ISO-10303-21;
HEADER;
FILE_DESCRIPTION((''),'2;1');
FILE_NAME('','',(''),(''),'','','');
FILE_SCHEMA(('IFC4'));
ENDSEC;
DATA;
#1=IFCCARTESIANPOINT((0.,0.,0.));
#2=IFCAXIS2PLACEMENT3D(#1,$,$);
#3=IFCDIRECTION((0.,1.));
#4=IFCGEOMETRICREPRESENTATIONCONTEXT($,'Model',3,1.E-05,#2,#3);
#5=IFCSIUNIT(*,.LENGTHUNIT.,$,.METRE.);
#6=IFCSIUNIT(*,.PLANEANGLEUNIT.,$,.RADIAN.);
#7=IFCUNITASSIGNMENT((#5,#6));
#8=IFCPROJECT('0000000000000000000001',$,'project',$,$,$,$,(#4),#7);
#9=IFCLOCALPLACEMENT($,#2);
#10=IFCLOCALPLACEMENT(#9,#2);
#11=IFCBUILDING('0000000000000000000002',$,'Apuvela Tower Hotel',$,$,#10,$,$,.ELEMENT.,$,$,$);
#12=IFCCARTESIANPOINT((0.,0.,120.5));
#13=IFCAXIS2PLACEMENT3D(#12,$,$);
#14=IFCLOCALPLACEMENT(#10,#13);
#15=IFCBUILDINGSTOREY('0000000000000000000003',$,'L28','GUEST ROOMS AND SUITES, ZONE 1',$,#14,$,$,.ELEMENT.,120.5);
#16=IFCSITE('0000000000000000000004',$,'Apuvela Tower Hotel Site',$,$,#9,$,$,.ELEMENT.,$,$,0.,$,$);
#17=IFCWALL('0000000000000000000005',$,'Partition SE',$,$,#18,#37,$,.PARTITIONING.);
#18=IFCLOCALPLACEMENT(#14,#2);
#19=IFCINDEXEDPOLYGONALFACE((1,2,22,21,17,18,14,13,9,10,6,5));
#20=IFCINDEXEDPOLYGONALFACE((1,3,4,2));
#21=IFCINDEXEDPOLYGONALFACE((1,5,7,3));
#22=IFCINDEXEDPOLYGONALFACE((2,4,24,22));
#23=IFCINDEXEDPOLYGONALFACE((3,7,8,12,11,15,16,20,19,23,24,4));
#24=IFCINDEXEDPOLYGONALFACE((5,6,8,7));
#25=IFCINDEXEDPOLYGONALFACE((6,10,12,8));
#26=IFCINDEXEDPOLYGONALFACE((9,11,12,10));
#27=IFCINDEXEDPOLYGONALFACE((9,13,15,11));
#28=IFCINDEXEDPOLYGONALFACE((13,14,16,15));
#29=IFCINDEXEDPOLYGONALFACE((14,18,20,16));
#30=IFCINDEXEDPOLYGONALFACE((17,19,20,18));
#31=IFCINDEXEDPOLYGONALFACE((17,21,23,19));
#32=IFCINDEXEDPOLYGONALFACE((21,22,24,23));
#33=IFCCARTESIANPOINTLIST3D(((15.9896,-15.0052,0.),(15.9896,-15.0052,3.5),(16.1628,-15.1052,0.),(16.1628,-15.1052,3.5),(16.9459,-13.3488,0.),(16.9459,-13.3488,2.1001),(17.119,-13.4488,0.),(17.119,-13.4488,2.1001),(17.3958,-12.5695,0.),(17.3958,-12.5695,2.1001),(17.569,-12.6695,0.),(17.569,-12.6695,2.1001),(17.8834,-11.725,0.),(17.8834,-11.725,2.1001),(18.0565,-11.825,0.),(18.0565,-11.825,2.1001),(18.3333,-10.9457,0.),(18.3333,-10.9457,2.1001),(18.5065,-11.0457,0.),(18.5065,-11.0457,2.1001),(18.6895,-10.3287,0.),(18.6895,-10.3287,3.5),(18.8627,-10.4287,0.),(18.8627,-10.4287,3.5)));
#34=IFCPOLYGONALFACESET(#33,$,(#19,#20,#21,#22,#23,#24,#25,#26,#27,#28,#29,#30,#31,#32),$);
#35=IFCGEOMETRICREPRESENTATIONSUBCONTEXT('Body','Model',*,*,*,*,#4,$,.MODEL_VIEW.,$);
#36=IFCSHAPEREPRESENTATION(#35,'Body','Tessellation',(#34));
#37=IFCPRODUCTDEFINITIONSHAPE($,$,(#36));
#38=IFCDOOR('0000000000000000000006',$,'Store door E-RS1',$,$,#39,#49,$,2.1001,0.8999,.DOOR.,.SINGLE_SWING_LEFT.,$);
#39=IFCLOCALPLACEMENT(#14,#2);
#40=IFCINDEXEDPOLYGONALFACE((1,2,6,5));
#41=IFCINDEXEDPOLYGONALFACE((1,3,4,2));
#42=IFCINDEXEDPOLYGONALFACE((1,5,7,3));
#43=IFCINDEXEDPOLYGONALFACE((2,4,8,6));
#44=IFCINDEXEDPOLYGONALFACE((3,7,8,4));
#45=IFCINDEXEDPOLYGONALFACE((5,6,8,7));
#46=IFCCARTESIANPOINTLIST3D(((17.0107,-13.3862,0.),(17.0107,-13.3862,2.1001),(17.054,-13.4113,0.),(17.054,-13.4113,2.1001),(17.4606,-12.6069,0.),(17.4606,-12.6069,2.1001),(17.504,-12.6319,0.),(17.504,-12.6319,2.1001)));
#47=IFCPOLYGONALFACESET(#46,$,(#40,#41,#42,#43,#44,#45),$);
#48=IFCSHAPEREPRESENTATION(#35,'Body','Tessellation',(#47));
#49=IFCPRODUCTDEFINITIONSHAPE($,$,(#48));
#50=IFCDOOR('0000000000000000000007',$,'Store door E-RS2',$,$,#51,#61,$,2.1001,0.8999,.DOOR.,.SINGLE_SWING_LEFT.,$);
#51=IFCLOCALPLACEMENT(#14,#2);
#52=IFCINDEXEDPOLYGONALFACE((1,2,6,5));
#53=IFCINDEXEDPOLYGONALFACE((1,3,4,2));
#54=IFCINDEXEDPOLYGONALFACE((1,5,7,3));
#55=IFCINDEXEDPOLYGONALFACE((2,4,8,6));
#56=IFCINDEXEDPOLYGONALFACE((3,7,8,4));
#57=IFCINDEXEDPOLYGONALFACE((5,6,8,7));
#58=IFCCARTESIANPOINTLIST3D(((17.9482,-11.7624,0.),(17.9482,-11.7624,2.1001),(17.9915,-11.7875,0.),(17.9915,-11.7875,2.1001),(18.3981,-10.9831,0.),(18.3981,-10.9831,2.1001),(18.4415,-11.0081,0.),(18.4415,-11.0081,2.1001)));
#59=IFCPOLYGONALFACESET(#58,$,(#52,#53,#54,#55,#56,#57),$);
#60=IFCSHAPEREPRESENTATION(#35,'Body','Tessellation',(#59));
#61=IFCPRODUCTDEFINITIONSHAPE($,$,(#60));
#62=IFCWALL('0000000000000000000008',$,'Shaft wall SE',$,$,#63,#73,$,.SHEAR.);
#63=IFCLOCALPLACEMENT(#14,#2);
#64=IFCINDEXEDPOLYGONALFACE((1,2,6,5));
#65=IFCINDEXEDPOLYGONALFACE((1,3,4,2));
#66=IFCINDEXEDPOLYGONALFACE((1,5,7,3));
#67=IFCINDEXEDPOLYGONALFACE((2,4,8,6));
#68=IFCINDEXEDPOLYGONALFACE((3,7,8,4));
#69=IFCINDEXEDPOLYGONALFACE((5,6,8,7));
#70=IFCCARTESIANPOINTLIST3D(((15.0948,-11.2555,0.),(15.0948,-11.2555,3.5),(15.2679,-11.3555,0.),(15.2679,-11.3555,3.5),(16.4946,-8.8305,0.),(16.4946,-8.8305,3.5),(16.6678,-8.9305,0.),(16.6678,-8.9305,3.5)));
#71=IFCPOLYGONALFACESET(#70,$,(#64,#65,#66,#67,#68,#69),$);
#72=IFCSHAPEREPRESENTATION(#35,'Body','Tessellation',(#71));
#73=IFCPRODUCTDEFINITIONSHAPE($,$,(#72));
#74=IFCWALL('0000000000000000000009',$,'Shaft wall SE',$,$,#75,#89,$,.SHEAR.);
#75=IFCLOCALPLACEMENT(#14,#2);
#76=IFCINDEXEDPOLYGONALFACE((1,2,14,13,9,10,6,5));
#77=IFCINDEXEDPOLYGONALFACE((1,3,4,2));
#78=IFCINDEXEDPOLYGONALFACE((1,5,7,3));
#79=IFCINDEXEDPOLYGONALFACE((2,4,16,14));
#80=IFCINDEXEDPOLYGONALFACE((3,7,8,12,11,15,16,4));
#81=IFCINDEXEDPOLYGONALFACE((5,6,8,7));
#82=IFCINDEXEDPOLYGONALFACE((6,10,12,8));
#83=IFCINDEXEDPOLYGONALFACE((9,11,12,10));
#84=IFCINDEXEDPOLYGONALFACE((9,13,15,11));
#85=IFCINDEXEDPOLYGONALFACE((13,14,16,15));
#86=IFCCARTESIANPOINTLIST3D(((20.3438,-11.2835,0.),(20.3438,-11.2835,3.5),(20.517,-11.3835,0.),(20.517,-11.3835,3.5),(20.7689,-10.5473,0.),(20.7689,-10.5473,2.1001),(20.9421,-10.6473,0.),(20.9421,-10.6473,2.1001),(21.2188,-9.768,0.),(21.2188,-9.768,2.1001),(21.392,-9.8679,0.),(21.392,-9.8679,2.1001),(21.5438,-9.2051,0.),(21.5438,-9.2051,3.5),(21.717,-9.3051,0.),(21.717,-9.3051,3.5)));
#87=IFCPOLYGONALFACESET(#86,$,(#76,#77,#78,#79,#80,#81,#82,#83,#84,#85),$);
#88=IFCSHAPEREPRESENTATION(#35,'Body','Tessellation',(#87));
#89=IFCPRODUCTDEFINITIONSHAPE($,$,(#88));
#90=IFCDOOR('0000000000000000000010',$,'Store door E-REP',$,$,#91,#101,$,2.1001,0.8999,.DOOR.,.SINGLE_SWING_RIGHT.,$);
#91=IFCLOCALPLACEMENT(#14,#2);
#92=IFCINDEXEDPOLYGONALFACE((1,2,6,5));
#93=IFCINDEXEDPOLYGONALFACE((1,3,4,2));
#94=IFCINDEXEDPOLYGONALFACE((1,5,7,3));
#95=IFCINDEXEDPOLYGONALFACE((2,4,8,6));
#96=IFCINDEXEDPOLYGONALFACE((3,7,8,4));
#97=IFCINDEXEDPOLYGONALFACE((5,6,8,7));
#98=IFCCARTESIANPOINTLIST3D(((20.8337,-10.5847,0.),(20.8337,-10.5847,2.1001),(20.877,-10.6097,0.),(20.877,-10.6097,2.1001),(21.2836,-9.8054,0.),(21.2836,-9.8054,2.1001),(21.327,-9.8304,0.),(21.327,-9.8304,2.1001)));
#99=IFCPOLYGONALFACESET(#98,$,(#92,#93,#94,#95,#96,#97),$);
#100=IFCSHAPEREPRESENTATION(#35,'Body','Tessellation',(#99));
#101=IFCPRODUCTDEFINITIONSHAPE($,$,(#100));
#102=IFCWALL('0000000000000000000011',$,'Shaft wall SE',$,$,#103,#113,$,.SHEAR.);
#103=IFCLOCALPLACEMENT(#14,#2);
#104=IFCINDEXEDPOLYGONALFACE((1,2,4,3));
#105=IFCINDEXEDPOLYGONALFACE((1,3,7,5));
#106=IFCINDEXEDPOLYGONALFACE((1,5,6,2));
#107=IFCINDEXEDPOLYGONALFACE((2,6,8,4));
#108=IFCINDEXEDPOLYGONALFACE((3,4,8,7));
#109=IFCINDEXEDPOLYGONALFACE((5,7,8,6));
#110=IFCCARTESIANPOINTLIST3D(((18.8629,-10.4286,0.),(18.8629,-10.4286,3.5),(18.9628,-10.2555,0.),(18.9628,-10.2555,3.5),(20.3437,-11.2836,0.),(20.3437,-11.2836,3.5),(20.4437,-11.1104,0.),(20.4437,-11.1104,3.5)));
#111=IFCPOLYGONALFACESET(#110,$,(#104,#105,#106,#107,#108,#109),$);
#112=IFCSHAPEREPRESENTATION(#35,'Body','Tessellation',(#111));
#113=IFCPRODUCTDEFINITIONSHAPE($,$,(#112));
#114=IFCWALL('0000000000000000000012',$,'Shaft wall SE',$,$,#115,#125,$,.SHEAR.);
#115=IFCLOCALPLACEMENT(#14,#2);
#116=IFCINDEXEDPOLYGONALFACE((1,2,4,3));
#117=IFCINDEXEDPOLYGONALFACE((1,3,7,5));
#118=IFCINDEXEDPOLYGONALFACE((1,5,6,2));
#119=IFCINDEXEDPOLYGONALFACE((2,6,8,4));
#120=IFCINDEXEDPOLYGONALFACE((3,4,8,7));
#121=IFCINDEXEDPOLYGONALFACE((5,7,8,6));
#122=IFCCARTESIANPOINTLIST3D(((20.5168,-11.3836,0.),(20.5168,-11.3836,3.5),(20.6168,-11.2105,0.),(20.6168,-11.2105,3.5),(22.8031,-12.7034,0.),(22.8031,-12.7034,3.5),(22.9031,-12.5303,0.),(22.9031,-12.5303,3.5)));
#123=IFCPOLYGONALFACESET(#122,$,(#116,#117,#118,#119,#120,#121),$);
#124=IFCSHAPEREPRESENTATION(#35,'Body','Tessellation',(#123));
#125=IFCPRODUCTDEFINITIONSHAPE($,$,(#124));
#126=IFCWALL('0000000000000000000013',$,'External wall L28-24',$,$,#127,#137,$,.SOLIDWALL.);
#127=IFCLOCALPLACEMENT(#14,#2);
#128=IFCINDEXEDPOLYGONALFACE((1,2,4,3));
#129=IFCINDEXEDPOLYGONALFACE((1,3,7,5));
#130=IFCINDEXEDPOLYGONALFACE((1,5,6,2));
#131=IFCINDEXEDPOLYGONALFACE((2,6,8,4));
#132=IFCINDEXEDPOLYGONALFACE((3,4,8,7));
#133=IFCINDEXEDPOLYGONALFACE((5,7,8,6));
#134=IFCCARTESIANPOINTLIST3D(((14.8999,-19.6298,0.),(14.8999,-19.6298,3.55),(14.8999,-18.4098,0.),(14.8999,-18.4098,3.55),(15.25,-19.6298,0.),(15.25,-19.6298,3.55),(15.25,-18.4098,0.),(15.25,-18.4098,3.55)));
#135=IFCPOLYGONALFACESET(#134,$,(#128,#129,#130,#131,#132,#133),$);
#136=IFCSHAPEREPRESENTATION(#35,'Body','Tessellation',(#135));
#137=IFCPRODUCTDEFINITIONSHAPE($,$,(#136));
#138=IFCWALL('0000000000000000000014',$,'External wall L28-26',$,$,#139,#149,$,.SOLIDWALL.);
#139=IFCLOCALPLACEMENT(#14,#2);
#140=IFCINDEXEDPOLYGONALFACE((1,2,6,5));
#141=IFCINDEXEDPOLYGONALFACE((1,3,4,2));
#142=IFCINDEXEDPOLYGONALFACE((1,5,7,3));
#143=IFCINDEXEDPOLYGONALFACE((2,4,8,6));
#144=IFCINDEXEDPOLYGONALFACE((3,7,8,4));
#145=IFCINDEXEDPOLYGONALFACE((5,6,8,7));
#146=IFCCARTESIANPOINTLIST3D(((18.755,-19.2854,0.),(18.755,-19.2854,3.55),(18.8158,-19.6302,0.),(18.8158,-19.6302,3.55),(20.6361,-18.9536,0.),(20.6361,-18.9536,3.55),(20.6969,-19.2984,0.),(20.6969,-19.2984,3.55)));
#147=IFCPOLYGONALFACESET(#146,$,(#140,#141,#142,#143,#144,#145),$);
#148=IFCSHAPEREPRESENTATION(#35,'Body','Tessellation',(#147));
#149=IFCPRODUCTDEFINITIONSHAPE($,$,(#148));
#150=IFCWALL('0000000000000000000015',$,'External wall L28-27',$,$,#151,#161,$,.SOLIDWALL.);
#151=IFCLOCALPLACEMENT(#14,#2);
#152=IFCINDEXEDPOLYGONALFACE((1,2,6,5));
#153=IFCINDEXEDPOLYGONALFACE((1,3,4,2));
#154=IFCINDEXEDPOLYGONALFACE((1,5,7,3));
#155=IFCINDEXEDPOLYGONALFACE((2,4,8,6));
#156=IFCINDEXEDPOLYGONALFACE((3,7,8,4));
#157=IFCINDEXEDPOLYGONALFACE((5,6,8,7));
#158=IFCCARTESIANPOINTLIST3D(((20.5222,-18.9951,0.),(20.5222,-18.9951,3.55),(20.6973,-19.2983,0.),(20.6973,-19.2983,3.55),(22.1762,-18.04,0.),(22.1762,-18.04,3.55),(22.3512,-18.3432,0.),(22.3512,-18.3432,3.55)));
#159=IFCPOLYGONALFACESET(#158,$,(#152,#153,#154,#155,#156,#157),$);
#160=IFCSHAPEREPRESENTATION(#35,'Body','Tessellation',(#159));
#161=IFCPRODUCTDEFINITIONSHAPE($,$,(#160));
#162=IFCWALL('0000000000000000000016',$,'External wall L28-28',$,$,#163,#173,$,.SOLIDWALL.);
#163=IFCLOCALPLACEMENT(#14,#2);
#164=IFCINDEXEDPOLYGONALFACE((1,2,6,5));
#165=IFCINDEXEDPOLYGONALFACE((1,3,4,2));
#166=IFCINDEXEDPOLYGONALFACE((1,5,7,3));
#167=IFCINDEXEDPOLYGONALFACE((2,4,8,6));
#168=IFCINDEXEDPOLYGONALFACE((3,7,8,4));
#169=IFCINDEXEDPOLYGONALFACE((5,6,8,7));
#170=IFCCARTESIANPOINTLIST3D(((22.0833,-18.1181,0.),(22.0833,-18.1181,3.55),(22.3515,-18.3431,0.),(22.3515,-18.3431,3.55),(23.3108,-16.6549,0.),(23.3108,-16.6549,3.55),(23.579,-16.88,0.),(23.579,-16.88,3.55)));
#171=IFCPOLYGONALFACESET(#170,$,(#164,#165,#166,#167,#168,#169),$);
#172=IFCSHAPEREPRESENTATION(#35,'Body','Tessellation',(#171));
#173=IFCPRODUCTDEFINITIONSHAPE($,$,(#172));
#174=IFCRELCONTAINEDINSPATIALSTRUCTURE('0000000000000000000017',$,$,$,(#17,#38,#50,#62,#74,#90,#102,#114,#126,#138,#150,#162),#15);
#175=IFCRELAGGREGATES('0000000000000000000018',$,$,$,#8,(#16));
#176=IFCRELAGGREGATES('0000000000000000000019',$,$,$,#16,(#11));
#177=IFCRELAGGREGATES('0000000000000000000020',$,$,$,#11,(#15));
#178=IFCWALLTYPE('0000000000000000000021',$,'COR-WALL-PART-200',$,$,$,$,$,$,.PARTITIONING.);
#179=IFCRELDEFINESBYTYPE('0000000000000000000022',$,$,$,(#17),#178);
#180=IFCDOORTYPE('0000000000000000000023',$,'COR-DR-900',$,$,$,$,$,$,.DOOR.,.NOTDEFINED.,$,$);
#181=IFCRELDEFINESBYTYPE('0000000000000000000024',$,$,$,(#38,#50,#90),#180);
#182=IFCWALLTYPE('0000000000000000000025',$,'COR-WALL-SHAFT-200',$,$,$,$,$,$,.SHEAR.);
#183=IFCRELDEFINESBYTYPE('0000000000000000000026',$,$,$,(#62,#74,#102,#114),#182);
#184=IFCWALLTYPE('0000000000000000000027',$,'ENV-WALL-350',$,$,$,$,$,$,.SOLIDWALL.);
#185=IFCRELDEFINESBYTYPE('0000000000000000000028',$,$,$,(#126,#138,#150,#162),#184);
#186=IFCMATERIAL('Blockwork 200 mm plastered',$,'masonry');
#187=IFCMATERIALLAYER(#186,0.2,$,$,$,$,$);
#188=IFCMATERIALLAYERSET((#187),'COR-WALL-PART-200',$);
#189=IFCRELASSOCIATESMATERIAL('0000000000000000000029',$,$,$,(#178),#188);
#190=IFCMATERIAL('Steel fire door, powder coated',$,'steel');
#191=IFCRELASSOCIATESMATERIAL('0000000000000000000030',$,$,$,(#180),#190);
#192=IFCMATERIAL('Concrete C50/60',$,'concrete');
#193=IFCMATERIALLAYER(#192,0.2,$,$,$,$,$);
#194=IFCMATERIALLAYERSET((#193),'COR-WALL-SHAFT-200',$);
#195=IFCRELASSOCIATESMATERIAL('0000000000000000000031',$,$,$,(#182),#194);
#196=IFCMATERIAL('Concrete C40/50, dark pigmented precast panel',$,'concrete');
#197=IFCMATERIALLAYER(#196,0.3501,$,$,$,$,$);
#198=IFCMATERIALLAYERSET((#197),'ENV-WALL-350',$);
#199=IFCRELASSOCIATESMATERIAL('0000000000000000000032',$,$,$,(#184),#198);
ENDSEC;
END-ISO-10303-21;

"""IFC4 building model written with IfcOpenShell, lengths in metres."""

from ifc_helpers import new_model, si_unit, direction, frame, frame_2d, origin, place, context, subcontext, project, spatial, rectangle, extrude, material, layer, layer_set, type_object, element, fill, save


model = new_model("IFC4")

# Units and contexts
model_context = context("Model", 3, precision=1e-05, world=origin(), true_north=direction((0.0, 1.0)))
body_context = subcontext(model_context, "Body", "Model", "MODEL_VIEW")
ifc_project = project(units=[si_unit("LENGTHUNIT", "METRE"), si_unit("PLANEANGLEUNIT", "RADIAN")], contexts=[model_context])

# Site, building, storey
site_placement = place(None, origin())
site = spatial("IfcSite", under=ifc_project, at=site_placement, Name="Apuvela Tower Hotel Site", CompositionType="ELEMENT", RefElevation=0.0)
building_placement = place(site_placement, origin())
building = spatial("IfcBuilding", under=site, at=building_placement, Name="Apuvela Tower Hotel", CompositionType="ELEMENT")
storey_placement = place(building_placement, frame((0.0, 0.0, 120.5)))
storey = spatial("IfcBuildingStorey", under=building, at=storey_placement, Name="L28", Description="GUEST ROOMS AND SUITES, ZONE 1", CompositionType="ELEMENT", Elevation=120.5)

# Wall, openings, doors
ifc_material_1 = material(Name="Blockwork 200 mm plastered", Category="masonry")
ifc_layer_1 = layer(ifc_material_1, 0.2)
ifc_layer_set_1 = layer_set([ifc_layer_1], Name="COR-WALL-PART-200")
wall_type_1 = type_object("IfcWallType", Name="COR-WALL-PART-200", PredefinedType="PARTITIONING", material=ifc_layer_set_1)
wall_1_placement = place(storey_placement, frame((16.0762, -15.0552, 0.0), z_axis=(0.0, 0.0, 1.0), x_axis=(0.499995, 0.866028, 0.0)))
wall_1 = element("IfcWall", 1, at=wall_1_placement, inside=storey, type_object=wall_type_1, Name="Partition SE", PredefinedType="PARTITIONING", context=body_context, shape_type="SweptSolid", body=[
    extrude(rectangle(XDim=5.3999, YDim=0.2, at=frame_2d((2.7, 0.0))), origin(), (0.0, 0.0, 1.0), 3.5),
])
opening_1_placement = place(wall_1_placement, frame((1.9126, 0.0, 0.0)))
opening_1 = element("IfcOpeningElement", 2, at=opening_1_placement, cuts=wall_1, PredefinedType="OPENING", context=body_context, shape_type="SweptSolid", body=[
    extrude(rectangle(XDim=0.8999, YDim=2.1001, at=frame_2d((0.45, 1.05))), frame((0.0, 0.1099, 0.0), z_axis=(0.0, -1.0, 0.0), x_axis=(1.0, 0.0, 0.0)), (0.0, 0.0, 1.0), 0.22),
])
opening_2_placement = place(wall_1_placement, frame((3.7876, 0.0, 0.0)))
opening_2 = element("IfcOpeningElement", 3, at=opening_2_placement, cuts=wall_1, PredefinedType="OPENING", context=body_context, shape_type="SweptSolid", body=[
    extrude(rectangle(XDim=0.8999, YDim=2.1001, at=frame_2d((0.45, 1.05))), frame((0.0, 0.1099, 0.0), z_axis=(0.0, -1.0, 0.0), x_axis=(1.0, 0.0, 0.0)), (0.0, 0.0, 1.0), 0.22),
])
ifc_material_2 = material(Name="Steel fire door, powder coated", Category="steel")
door_type_1 = type_object("IfcDoorType", Name="COR-DR-900", OperationType="NOTDEFINED", PredefinedType="DOOR", material=ifc_material_2)
door_1_placement = place(opening_1_placement, frame((0.8999, 0.0, 0.0), z_axis=(0.0, 0.0, 1.0), x_axis=(-1.0, 0.0, 0.0)))
door_1 = element("IfcDoor", 4, at=door_1_placement, inside=storey, type_object=door_type_1, Name="Store door E-RS1", OperationType="SINGLE_SWING_LEFT", OverallHeight=2.1001, OverallWidth=0.8999, PredefinedType="DOOR", context=body_context, shape_type="SweptSolid", body=[
    extrude(rectangle(XDim=0.8999, YDim=2.1001, at=frame_2d((0.45, 1.05))), frame((0.0, 0.0249, 0.0), z_axis=(0.0, -1.0, 0.0), x_axis=(1.0, 0.0, 0.0)), (0.0, 0.0, 1.0), 0.05),
])
fill(opening_1, door_1)
door_2_placement = place(opening_2_placement, frame((0.8999, 0.0, 0.0), z_axis=(0.0, 0.0, 1.0), x_axis=(-1.0, 0.0, 0.0)))
door_2 = element("IfcDoor", 5, at=door_2_placement, inside=storey, type_object=door_type_1, Name="Store door E-RS2", OperationType="SINGLE_SWING_LEFT", OverallHeight=2.1001, OverallWidth=0.8999, PredefinedType="DOOR", context=body_context, shape_type="SweptSolid", body=[
    extrude(rectangle(XDim=0.8999, YDim=2.1001, at=frame_2d((0.45, 1.05))), frame((0.0, 0.0249, 0.0), z_axis=(0.0, -1.0, 0.0), x_axis=(1.0, 0.0, 0.0)), (0.0, 0.0, 1.0), 0.05),
])
fill(opening_2, door_2)

# Wall
ifc_material_3 = material(Name="Concrete C50/60", Category="concrete")
ifc_layer_2 = layer(ifc_material_3, 0.2)
ifc_layer_set_2 = layer_set([ifc_layer_2], Name="COR-WALL-SHAFT-200")
wall_type_2 = type_object("IfcWallType", Name="COR-WALL-SHAFT-200", PredefinedType="SHEAR", material=ifc_layer_set_2)
wall_2_placement = place(storey_placement, frame((15.1814, -11.3054, 0.0), z_axis=(0.0, 0.0, 1.0), x_axis=(0.499946, 0.866056, 0.0)))
element("IfcWall", 6, at=wall_2_placement, inside=storey, type_object=wall_type_2, Name="Shaft wall SE", PredefinedType="SHEAR", context=body_context, shape_type="SweptSolid", body=[
    extrude(rectangle(XDim=2.8, YDim=0.2, at=frame_2d((1.3999, 0.0))), origin(), (0.0, 0.0, 1.0), 3.5),
])

# Wall, opening, door
wall_3_placement = place(storey_placement, frame((20.4304, -11.3335, 0.0), z_axis=(0.0, 0.0, 1.0), x_axis=(0.500001, 0.866025, 0.0)))
wall_3 = element("IfcWall", 7, at=wall_3_placement, inside=storey, type_object=wall_type_2, Name="Shaft wall SE", PredefinedType="SHEAR", context=body_context, shape_type="SweptSolid", body=[
    extrude(rectangle(XDim=2.3999, YDim=0.2, at=frame_2d((1.2, 0.0))), origin(), (0.0, 0.0, 1.0), 3.5),
])
opening_3_placement = place(wall_3_placement, frame((0.8501, 0.0, 0.0)))
opening_3 = element("IfcOpeningElement", 8, at=opening_3_placement, cuts=wall_3, PredefinedType="OPENING", context=body_context, shape_type="SweptSolid", body=[
    extrude(rectangle(XDim=0.8999, YDim=2.1001, at=frame_2d((0.45, 1.05))), frame((0.0, 0.1099, 0.0), z_axis=(0.0, -1.0, 0.0), x_axis=(1.0, 0.0, 0.0)), (0.0, 0.0, 1.0), 0.22),
])
door_3_placement = place(opening_3_placement, frame((0.8999, 0.0, 0.0), z_axis=(0.0, 0.0, 1.0), x_axis=(-1.0, 0.0, 0.0)))
door_3 = element("IfcDoor", 9, at=door_3_placement, inside=storey, type_object=door_type_1, Name="Store door E-REP", OperationType="SINGLE_SWING_RIGHT", OverallHeight=2.1001, OverallWidth=0.8999, PredefinedType="DOOR", context=body_context, shape_type="SweptSolid", body=[
    extrude(rectangle(XDim=0.8999, YDim=2.1001, at=frame_2d((0.45, 1.05))), frame((0.0, 0.0249, 0.0), z_axis=(0.0, -1.0, 0.0), x_axis=(1.0, 0.0, 0.0)), (0.0, 0.0, 1.0), 0.05),
])
fill(opening_3, door_3)

# Walls
wall_4_placement = place(storey_placement, frame((18.9128, -10.342, 0.0), z_axis=(0.0, 0.0, 1.0), x_axis=(0.866038, -0.499978, 0.0)))
element("IfcWall", 10, at=wall_4_placement, inside=storey, type_object=wall_type_2, Name="Shaft wall SE", PredefinedType="SHEAR", context=body_context, shape_type="SweptSolid", body=[
    extrude(rectangle(XDim=1.71, YDim=0.2, at=frame_2d((0.855, 0.0))), origin(), (0.0, 0.0, 1.0), 3.5),
])
wall_5_placement = place(storey_placement, frame((20.5669, -11.2971, 0.0), z_axis=(0.0, 0.0, 1.0), x_axis=(0.866061, -0.499939, 0.0)))
element("IfcWall", 11, at=wall_5_placement, inside=storey, type_object=wall_type_2, Name="Shaft wall SE", PredefinedType="SHEAR", context=body_context, shape_type="SweptSolid", body=[
    extrude(rectangle(XDim=2.6399, YDim=0.2, at=frame_2d((1.3198, 0.0))), origin(), (0.0, 0.0, 1.0), 3.5),
])
ifc_material_4 = material(Name="Concrete C40/50, dark pigmented precast panel", Category="concrete")
ifc_layer_3 = layer(ifc_material_4, 0.3501)
ifc_layer_set_3 = layer_set([ifc_layer_3], Name="ENV-WALL-350")
wall_type_3 = type_object("IfcWallType", Name="ENV-WALL-350", PredefinedType="SOLIDWALL", material=ifc_layer_set_3)
wall_6_placement = place(storey_placement, frame((15.075, -18.4099, 0.0), z_axis=(0.0, 0.0, 1.0), x_axis=(0.0, -1.0, 0.0)))
element("IfcWall", 12, at=wall_6_placement, inside=storey, type_object=wall_type_3, Name="External wall L28-24", PredefinedType="SOLIDWALL", context=body_context, shape_type="SweptSolid", body=[
    extrude(rectangle(XDim=1.22, YDim=0.3501, at=frame_2d((0.6099, 0.0))), origin(), (0.0, 0.0, 1.0), 3.55),
])
wall_7_placement = place(storey_placement, frame((18.7854, -19.4578, 0.0), z_axis=(0.0, 0.0, 1.0), x_axis=(0.984799, 0.173698, 0.0)))
element("IfcWall", 13, at=wall_7_placement, inside=storey, type_object=wall_type_3, Name="External wall L28-26", PredefinedType="SOLIDWALL", context=body_context, shape_type="SweptSolid", body=[
    extrude(rectangle(XDim=1.9102, YDim=0.3501, at=frame_2d((0.9551, 0.0))), origin(), (0.0, 0.0, 1.0), 3.55),
])
for number, where, z_axis, x_axis, name in (
    (14, (20.6096, -19.1467, 0.0), (0.0, 0.0, 1.0), (0.866, 0.500043, 0.0), "External wall L28-27"),
    (15, (22.2173, -18.2307, 0.0), (0.0, 0.0, 1.0), (0.642733, 0.76609, 0.0), "External wall L28-28"),
):
    element("IfcWall", number, at=place(storey_placement, frame(where, z_axis=z_axis, x_axis=x_axis)), inside=storey, type_object=wall_type_3, Name=name, PredefinedType="SOLIDWALL", context=body_context, shape_type="SweptSolid", body=[
        extrude(rectangle(XDim=1.9099, YDim=0.3501, at=frame_2d((0.9551, 0.0))), origin(), (0.0, 0.0, 1.0), 3.55),
    ])

save(model, "model.ifc")
